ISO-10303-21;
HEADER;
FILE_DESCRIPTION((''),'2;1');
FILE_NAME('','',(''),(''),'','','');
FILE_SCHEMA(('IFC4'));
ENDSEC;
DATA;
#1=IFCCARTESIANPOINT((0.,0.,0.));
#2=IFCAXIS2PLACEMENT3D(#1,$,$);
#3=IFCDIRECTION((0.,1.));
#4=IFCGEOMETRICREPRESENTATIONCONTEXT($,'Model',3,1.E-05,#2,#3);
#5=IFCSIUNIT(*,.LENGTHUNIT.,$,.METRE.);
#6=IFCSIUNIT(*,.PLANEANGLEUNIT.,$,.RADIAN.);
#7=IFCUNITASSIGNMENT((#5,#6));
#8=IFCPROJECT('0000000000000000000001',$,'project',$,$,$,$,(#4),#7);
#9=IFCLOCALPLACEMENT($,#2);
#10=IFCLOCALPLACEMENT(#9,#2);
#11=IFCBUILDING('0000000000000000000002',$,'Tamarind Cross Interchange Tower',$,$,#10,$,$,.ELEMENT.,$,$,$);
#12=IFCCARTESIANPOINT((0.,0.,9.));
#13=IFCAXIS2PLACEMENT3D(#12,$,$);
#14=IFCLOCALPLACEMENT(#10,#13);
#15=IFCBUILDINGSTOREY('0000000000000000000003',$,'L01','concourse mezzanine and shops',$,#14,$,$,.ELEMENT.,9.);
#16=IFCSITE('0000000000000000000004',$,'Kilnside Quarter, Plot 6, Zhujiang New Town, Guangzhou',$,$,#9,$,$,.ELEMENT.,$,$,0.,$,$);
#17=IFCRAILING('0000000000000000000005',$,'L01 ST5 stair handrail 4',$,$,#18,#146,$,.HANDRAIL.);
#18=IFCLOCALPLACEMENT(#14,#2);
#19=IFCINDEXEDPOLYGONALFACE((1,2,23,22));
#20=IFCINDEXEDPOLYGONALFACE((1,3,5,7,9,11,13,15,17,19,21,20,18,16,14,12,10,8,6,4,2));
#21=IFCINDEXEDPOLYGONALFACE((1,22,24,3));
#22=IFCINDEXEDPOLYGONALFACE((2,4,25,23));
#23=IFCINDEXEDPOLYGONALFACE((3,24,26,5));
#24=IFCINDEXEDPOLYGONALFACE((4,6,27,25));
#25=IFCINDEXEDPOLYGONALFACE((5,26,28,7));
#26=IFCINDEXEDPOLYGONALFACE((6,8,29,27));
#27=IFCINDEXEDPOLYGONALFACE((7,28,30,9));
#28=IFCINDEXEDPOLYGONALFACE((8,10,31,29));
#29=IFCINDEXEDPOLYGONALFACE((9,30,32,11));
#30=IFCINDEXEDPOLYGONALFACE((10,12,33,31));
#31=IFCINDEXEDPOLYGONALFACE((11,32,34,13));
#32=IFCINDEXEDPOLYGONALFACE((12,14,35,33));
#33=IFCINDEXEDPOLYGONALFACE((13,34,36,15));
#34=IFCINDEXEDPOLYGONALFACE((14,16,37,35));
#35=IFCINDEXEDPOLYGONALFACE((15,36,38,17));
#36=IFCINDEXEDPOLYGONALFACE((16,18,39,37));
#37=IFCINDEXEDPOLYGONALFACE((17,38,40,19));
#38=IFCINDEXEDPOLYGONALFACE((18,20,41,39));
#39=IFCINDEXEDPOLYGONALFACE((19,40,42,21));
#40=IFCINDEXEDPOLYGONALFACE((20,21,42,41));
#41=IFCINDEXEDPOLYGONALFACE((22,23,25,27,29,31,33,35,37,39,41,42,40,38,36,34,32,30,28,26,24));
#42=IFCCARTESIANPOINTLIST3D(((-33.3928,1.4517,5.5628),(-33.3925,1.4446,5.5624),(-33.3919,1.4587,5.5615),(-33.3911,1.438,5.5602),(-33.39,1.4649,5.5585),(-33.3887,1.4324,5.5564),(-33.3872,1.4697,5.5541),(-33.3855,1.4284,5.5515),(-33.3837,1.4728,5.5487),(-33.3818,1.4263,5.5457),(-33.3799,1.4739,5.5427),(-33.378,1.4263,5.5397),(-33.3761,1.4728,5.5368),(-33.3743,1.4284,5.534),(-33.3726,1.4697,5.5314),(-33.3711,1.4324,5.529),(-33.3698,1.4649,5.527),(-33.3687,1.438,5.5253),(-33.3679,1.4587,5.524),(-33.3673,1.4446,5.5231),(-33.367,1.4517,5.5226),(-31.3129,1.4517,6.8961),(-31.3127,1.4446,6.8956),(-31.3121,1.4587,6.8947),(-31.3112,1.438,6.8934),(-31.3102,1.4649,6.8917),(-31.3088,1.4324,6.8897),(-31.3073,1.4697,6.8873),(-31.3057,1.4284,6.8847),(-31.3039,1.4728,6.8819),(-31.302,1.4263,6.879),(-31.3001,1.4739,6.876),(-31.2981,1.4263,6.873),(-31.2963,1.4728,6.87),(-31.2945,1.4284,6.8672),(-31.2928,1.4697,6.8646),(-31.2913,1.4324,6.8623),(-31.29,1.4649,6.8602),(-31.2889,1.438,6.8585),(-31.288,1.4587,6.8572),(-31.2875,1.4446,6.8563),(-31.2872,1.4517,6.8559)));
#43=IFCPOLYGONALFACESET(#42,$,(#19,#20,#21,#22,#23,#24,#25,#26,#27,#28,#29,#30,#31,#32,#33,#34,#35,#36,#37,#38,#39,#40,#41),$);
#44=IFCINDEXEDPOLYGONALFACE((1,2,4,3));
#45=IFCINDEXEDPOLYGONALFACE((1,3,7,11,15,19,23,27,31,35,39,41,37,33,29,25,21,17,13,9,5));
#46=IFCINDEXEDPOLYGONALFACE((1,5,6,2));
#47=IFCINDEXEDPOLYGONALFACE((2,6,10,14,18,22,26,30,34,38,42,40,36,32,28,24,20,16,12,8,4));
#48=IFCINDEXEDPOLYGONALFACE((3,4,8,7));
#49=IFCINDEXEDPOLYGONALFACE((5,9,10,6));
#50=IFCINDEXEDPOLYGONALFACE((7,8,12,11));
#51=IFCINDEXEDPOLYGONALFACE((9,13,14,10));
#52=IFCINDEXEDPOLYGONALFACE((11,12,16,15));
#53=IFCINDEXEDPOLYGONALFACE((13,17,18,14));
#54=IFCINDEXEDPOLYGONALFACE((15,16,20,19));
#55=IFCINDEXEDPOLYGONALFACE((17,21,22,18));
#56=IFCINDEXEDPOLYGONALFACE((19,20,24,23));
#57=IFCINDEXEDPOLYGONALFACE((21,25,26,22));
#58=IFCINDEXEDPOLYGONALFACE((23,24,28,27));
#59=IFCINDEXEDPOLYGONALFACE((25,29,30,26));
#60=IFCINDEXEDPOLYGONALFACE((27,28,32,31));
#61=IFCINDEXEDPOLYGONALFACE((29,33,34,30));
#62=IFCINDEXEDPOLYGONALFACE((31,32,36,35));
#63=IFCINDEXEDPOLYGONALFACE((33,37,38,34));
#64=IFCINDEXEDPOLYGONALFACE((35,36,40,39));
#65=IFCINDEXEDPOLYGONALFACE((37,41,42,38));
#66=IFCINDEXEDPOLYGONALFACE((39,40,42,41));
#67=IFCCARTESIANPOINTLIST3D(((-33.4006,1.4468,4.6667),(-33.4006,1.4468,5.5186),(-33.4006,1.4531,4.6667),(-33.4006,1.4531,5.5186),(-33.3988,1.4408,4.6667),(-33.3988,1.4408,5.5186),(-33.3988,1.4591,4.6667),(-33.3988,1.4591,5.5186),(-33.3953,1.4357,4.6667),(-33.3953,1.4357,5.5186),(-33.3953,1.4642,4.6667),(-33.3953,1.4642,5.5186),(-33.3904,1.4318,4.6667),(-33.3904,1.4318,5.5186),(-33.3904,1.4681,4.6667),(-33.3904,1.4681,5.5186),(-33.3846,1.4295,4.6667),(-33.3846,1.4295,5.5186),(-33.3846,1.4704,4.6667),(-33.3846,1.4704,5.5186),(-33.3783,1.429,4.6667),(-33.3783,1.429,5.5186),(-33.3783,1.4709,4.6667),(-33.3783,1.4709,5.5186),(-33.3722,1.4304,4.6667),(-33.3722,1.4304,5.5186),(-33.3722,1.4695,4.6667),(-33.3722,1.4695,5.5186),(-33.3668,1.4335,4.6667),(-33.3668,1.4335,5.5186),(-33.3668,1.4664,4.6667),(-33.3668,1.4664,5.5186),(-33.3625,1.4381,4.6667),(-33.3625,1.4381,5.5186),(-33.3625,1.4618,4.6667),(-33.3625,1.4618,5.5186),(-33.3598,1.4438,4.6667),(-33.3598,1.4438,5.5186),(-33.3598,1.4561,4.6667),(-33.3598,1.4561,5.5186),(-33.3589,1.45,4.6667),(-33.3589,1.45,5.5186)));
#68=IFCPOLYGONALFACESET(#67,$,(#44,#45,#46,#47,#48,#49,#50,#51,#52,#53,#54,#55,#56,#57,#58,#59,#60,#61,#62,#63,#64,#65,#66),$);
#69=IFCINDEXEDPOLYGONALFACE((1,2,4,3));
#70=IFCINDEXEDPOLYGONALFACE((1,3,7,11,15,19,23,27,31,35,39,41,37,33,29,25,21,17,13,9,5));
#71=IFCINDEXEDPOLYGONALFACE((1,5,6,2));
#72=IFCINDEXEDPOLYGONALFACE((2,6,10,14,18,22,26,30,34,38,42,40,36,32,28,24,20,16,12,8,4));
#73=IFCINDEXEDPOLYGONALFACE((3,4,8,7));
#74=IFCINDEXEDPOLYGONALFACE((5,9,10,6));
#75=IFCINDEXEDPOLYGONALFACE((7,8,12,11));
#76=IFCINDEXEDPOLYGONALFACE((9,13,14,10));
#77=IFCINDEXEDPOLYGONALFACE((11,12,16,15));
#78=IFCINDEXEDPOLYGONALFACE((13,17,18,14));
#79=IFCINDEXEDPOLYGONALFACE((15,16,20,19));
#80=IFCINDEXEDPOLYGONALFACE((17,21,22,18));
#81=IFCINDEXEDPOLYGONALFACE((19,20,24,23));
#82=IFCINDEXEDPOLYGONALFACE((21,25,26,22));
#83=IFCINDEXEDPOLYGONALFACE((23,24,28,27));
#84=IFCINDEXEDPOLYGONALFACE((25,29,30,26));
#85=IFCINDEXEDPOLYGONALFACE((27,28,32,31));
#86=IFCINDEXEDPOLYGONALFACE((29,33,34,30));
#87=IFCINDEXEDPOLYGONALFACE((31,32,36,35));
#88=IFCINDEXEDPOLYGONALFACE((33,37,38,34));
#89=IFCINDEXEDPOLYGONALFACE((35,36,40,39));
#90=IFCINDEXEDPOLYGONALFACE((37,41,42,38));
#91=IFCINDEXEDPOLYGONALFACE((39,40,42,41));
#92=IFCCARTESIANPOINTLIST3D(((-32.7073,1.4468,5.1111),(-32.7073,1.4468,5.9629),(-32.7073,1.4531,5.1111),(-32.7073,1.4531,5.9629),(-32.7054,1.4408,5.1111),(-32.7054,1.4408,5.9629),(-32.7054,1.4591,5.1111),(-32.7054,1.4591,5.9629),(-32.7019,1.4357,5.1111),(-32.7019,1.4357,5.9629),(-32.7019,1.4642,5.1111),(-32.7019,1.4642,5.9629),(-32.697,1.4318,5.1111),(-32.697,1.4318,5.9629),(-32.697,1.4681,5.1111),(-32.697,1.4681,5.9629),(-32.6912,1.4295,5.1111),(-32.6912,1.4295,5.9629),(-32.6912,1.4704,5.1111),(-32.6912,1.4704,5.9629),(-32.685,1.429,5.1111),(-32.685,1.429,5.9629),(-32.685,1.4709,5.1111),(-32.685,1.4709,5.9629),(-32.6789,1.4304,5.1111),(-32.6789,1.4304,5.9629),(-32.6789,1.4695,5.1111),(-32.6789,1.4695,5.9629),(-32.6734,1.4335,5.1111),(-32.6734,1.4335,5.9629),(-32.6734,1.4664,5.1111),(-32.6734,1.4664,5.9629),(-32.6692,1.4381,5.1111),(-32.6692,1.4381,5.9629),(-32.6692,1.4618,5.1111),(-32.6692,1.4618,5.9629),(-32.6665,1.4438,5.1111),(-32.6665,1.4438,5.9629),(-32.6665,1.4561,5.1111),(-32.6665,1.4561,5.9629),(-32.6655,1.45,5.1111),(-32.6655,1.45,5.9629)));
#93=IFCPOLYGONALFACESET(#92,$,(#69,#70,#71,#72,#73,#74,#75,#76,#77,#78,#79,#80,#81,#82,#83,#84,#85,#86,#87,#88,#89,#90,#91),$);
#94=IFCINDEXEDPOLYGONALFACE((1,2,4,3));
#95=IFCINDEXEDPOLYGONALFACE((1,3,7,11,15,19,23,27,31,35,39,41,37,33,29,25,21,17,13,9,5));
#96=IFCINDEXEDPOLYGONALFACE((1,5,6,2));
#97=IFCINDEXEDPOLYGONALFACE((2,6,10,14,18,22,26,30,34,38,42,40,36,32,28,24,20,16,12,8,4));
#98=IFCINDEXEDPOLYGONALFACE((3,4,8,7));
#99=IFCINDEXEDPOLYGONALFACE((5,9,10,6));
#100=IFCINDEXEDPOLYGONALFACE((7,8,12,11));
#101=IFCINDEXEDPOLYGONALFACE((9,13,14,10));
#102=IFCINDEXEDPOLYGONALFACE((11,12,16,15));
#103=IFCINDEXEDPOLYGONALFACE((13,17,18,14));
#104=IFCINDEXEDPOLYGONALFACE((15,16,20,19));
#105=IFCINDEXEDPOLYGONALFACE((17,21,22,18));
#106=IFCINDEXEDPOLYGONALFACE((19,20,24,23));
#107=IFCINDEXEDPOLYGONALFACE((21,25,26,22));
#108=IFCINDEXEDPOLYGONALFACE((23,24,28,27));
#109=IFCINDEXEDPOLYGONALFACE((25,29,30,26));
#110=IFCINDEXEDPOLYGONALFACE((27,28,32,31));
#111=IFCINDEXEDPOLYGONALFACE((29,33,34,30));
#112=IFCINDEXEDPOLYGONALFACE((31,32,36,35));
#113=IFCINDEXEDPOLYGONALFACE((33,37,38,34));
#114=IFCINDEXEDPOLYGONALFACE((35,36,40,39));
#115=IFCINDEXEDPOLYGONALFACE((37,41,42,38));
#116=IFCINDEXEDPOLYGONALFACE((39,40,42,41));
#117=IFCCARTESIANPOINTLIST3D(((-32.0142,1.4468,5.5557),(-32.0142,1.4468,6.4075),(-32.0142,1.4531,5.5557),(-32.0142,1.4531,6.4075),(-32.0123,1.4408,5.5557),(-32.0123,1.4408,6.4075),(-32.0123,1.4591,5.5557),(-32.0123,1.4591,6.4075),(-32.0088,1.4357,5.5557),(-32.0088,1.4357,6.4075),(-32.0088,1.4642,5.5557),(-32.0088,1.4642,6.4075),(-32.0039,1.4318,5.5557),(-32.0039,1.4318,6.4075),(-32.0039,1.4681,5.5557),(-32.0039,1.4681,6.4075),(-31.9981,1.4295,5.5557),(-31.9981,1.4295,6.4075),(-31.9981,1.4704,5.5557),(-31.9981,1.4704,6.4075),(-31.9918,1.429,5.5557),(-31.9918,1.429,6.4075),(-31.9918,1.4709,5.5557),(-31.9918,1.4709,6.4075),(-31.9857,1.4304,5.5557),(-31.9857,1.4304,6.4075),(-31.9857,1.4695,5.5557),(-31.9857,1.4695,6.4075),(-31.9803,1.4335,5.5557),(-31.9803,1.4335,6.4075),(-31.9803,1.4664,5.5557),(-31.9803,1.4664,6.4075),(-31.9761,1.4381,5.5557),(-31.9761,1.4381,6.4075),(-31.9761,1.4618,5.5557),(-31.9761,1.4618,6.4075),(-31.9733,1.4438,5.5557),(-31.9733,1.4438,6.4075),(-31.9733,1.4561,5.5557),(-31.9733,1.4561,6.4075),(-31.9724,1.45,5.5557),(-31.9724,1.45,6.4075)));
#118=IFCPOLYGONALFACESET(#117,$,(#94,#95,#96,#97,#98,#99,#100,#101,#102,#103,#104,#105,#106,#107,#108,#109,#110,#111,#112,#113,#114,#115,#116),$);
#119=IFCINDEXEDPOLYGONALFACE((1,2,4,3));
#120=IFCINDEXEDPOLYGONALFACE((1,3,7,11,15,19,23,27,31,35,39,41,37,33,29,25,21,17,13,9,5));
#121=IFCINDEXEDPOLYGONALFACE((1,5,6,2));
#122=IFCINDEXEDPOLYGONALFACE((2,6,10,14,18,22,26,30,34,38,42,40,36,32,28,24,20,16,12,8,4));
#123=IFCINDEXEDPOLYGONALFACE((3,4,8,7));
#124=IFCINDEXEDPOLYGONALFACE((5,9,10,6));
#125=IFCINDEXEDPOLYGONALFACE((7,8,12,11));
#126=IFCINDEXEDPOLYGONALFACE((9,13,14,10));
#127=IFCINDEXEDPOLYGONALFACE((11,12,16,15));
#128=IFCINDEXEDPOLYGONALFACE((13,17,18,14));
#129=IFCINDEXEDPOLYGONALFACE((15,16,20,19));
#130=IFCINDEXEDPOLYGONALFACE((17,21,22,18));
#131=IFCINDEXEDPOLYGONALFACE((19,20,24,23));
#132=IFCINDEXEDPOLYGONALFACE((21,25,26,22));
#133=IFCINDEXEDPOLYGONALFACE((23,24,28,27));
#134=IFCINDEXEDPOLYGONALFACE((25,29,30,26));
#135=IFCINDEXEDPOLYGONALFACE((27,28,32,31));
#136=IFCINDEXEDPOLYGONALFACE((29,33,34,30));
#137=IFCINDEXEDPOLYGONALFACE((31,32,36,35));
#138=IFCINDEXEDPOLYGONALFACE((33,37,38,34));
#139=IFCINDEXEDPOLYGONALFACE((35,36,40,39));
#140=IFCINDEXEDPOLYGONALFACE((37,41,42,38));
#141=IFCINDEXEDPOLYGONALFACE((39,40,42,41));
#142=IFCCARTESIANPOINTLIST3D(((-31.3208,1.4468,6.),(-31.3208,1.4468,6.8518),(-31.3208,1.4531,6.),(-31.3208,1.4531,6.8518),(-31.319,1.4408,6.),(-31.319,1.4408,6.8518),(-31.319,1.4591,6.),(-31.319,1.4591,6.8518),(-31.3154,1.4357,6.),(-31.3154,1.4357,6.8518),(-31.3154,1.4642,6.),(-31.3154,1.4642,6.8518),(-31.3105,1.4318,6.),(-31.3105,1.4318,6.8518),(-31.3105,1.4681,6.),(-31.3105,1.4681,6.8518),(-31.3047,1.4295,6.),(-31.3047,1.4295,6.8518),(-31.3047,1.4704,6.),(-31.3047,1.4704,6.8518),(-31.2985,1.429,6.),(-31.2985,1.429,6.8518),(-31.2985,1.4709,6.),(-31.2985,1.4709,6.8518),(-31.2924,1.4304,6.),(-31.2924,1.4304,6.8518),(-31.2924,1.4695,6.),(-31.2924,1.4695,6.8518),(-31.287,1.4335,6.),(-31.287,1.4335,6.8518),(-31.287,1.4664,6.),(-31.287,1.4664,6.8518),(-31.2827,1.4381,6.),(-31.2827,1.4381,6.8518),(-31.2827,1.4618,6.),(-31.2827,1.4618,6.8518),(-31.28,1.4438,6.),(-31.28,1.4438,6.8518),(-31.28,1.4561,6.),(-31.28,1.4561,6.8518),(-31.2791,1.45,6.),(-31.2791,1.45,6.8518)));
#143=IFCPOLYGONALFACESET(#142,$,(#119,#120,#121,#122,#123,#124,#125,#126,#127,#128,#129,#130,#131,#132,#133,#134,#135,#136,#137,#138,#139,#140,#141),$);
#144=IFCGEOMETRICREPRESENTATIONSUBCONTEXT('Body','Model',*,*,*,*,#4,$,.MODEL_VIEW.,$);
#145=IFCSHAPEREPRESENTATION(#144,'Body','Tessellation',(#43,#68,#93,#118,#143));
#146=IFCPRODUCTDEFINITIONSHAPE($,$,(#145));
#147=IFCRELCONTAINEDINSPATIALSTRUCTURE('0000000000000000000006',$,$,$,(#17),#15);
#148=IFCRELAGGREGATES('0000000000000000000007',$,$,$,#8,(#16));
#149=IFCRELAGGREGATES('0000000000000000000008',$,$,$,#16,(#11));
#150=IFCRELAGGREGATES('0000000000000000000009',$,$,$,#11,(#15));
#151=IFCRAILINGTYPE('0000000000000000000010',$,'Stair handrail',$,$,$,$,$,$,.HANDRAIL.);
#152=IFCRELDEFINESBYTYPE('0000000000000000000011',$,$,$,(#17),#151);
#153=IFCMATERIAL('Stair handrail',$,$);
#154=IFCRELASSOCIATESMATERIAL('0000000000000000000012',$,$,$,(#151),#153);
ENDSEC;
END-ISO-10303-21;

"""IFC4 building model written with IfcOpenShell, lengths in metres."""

from ifc_helpers import new_model, si_unit, direction, frame, origin, origin_2d, place, context, subcontext, project, spatial, circle, extrude, material, type_object, element, save


model = new_model("IFC4")

# Units and contexts
model_context = context("Model", 3, precision=1e-05, world=origin(), true_north=direction((0.0, 1.0)))
body_context = subcontext(model_context, "Body", "Model", "MODEL_VIEW")
ifc_project = project(units=[si_unit("LENGTHUNIT", "METRE"), si_unit("PLANEANGLEUNIT", "RADIAN")], contexts=[model_context])

# Site, building, storey
site_placement = place(None, origin())
site = spatial("IfcSite", under=ifc_project, at=site_placement, Name="Kilnside Quarter, Plot 6, Zhujiang New Town, Guangzhou", CompositionType="ELEMENT", RefElevation=0.0)
building_placement = place(site_placement, origin())
building = spatial("IfcBuilding", under=site, at=building_placement, Name="Tamarind Cross Interchange Tower", CompositionType="ELEMENT")
storey_placement = place(building_placement, frame((0.0, 0.0, 9.0)))
storey = spatial("IfcBuildingStorey", under=building, at=storey_placement, Name="L01", Description="concourse mezzanine and shops", CompositionType="ELEMENT", Elevation=9.0)

# Railing
ifc_material_1 = material(Name="Stair handrail")
railing_type_1 = type_object("IfcRailingType", Name="Stair handrail", PredefinedType="HANDRAIL", material=ifc_material_1)
for number, where, name in (
    (1, (-33.3799, 1.45, 4.6667), "L01 ST5 stair handrail 4"),
):
    element("IfcRailing", number, at=place(storey_placement, frame(where)), inside=storey, type_object=railing_type_1, Name=name, PredefinedType="HANDRAIL", context=body_context, shape_type="SweptSolid", body=[
        extrude(circle(Radius=0.0239, at=origin_2d()), frame((0.0, 0.0, 0.876), z_axis=(0.841875, 0.0, 0.539673), x_axis=(0.0, 1.0, 0.0)), (0.0, 0.0, 1.0), 2.4705),
        extrude(circle(Radius=0.021, at=origin_2d()), origin(), (0.0, 0.0, 1.0), 0.8518),
        extrude(circle(Radius=0.021, at=origin_2d()), frame((0.6934, 0.0, 0.4443)), (0.0, 0.0, 1.0), 0.8518),
        extrude(circle(Radius=0.021, at=origin_2d()), frame((1.3865, 0.0, 0.8889)), (0.0, 0.0, 1.0), 0.8518),
        extrude(circle(Radius=0.021, at=origin_2d()), frame((2.0798, 0.0, 1.3333)), (0.0, 0.0, 1.0), 0.8518),
    ])

save(model, "model.ifc")
